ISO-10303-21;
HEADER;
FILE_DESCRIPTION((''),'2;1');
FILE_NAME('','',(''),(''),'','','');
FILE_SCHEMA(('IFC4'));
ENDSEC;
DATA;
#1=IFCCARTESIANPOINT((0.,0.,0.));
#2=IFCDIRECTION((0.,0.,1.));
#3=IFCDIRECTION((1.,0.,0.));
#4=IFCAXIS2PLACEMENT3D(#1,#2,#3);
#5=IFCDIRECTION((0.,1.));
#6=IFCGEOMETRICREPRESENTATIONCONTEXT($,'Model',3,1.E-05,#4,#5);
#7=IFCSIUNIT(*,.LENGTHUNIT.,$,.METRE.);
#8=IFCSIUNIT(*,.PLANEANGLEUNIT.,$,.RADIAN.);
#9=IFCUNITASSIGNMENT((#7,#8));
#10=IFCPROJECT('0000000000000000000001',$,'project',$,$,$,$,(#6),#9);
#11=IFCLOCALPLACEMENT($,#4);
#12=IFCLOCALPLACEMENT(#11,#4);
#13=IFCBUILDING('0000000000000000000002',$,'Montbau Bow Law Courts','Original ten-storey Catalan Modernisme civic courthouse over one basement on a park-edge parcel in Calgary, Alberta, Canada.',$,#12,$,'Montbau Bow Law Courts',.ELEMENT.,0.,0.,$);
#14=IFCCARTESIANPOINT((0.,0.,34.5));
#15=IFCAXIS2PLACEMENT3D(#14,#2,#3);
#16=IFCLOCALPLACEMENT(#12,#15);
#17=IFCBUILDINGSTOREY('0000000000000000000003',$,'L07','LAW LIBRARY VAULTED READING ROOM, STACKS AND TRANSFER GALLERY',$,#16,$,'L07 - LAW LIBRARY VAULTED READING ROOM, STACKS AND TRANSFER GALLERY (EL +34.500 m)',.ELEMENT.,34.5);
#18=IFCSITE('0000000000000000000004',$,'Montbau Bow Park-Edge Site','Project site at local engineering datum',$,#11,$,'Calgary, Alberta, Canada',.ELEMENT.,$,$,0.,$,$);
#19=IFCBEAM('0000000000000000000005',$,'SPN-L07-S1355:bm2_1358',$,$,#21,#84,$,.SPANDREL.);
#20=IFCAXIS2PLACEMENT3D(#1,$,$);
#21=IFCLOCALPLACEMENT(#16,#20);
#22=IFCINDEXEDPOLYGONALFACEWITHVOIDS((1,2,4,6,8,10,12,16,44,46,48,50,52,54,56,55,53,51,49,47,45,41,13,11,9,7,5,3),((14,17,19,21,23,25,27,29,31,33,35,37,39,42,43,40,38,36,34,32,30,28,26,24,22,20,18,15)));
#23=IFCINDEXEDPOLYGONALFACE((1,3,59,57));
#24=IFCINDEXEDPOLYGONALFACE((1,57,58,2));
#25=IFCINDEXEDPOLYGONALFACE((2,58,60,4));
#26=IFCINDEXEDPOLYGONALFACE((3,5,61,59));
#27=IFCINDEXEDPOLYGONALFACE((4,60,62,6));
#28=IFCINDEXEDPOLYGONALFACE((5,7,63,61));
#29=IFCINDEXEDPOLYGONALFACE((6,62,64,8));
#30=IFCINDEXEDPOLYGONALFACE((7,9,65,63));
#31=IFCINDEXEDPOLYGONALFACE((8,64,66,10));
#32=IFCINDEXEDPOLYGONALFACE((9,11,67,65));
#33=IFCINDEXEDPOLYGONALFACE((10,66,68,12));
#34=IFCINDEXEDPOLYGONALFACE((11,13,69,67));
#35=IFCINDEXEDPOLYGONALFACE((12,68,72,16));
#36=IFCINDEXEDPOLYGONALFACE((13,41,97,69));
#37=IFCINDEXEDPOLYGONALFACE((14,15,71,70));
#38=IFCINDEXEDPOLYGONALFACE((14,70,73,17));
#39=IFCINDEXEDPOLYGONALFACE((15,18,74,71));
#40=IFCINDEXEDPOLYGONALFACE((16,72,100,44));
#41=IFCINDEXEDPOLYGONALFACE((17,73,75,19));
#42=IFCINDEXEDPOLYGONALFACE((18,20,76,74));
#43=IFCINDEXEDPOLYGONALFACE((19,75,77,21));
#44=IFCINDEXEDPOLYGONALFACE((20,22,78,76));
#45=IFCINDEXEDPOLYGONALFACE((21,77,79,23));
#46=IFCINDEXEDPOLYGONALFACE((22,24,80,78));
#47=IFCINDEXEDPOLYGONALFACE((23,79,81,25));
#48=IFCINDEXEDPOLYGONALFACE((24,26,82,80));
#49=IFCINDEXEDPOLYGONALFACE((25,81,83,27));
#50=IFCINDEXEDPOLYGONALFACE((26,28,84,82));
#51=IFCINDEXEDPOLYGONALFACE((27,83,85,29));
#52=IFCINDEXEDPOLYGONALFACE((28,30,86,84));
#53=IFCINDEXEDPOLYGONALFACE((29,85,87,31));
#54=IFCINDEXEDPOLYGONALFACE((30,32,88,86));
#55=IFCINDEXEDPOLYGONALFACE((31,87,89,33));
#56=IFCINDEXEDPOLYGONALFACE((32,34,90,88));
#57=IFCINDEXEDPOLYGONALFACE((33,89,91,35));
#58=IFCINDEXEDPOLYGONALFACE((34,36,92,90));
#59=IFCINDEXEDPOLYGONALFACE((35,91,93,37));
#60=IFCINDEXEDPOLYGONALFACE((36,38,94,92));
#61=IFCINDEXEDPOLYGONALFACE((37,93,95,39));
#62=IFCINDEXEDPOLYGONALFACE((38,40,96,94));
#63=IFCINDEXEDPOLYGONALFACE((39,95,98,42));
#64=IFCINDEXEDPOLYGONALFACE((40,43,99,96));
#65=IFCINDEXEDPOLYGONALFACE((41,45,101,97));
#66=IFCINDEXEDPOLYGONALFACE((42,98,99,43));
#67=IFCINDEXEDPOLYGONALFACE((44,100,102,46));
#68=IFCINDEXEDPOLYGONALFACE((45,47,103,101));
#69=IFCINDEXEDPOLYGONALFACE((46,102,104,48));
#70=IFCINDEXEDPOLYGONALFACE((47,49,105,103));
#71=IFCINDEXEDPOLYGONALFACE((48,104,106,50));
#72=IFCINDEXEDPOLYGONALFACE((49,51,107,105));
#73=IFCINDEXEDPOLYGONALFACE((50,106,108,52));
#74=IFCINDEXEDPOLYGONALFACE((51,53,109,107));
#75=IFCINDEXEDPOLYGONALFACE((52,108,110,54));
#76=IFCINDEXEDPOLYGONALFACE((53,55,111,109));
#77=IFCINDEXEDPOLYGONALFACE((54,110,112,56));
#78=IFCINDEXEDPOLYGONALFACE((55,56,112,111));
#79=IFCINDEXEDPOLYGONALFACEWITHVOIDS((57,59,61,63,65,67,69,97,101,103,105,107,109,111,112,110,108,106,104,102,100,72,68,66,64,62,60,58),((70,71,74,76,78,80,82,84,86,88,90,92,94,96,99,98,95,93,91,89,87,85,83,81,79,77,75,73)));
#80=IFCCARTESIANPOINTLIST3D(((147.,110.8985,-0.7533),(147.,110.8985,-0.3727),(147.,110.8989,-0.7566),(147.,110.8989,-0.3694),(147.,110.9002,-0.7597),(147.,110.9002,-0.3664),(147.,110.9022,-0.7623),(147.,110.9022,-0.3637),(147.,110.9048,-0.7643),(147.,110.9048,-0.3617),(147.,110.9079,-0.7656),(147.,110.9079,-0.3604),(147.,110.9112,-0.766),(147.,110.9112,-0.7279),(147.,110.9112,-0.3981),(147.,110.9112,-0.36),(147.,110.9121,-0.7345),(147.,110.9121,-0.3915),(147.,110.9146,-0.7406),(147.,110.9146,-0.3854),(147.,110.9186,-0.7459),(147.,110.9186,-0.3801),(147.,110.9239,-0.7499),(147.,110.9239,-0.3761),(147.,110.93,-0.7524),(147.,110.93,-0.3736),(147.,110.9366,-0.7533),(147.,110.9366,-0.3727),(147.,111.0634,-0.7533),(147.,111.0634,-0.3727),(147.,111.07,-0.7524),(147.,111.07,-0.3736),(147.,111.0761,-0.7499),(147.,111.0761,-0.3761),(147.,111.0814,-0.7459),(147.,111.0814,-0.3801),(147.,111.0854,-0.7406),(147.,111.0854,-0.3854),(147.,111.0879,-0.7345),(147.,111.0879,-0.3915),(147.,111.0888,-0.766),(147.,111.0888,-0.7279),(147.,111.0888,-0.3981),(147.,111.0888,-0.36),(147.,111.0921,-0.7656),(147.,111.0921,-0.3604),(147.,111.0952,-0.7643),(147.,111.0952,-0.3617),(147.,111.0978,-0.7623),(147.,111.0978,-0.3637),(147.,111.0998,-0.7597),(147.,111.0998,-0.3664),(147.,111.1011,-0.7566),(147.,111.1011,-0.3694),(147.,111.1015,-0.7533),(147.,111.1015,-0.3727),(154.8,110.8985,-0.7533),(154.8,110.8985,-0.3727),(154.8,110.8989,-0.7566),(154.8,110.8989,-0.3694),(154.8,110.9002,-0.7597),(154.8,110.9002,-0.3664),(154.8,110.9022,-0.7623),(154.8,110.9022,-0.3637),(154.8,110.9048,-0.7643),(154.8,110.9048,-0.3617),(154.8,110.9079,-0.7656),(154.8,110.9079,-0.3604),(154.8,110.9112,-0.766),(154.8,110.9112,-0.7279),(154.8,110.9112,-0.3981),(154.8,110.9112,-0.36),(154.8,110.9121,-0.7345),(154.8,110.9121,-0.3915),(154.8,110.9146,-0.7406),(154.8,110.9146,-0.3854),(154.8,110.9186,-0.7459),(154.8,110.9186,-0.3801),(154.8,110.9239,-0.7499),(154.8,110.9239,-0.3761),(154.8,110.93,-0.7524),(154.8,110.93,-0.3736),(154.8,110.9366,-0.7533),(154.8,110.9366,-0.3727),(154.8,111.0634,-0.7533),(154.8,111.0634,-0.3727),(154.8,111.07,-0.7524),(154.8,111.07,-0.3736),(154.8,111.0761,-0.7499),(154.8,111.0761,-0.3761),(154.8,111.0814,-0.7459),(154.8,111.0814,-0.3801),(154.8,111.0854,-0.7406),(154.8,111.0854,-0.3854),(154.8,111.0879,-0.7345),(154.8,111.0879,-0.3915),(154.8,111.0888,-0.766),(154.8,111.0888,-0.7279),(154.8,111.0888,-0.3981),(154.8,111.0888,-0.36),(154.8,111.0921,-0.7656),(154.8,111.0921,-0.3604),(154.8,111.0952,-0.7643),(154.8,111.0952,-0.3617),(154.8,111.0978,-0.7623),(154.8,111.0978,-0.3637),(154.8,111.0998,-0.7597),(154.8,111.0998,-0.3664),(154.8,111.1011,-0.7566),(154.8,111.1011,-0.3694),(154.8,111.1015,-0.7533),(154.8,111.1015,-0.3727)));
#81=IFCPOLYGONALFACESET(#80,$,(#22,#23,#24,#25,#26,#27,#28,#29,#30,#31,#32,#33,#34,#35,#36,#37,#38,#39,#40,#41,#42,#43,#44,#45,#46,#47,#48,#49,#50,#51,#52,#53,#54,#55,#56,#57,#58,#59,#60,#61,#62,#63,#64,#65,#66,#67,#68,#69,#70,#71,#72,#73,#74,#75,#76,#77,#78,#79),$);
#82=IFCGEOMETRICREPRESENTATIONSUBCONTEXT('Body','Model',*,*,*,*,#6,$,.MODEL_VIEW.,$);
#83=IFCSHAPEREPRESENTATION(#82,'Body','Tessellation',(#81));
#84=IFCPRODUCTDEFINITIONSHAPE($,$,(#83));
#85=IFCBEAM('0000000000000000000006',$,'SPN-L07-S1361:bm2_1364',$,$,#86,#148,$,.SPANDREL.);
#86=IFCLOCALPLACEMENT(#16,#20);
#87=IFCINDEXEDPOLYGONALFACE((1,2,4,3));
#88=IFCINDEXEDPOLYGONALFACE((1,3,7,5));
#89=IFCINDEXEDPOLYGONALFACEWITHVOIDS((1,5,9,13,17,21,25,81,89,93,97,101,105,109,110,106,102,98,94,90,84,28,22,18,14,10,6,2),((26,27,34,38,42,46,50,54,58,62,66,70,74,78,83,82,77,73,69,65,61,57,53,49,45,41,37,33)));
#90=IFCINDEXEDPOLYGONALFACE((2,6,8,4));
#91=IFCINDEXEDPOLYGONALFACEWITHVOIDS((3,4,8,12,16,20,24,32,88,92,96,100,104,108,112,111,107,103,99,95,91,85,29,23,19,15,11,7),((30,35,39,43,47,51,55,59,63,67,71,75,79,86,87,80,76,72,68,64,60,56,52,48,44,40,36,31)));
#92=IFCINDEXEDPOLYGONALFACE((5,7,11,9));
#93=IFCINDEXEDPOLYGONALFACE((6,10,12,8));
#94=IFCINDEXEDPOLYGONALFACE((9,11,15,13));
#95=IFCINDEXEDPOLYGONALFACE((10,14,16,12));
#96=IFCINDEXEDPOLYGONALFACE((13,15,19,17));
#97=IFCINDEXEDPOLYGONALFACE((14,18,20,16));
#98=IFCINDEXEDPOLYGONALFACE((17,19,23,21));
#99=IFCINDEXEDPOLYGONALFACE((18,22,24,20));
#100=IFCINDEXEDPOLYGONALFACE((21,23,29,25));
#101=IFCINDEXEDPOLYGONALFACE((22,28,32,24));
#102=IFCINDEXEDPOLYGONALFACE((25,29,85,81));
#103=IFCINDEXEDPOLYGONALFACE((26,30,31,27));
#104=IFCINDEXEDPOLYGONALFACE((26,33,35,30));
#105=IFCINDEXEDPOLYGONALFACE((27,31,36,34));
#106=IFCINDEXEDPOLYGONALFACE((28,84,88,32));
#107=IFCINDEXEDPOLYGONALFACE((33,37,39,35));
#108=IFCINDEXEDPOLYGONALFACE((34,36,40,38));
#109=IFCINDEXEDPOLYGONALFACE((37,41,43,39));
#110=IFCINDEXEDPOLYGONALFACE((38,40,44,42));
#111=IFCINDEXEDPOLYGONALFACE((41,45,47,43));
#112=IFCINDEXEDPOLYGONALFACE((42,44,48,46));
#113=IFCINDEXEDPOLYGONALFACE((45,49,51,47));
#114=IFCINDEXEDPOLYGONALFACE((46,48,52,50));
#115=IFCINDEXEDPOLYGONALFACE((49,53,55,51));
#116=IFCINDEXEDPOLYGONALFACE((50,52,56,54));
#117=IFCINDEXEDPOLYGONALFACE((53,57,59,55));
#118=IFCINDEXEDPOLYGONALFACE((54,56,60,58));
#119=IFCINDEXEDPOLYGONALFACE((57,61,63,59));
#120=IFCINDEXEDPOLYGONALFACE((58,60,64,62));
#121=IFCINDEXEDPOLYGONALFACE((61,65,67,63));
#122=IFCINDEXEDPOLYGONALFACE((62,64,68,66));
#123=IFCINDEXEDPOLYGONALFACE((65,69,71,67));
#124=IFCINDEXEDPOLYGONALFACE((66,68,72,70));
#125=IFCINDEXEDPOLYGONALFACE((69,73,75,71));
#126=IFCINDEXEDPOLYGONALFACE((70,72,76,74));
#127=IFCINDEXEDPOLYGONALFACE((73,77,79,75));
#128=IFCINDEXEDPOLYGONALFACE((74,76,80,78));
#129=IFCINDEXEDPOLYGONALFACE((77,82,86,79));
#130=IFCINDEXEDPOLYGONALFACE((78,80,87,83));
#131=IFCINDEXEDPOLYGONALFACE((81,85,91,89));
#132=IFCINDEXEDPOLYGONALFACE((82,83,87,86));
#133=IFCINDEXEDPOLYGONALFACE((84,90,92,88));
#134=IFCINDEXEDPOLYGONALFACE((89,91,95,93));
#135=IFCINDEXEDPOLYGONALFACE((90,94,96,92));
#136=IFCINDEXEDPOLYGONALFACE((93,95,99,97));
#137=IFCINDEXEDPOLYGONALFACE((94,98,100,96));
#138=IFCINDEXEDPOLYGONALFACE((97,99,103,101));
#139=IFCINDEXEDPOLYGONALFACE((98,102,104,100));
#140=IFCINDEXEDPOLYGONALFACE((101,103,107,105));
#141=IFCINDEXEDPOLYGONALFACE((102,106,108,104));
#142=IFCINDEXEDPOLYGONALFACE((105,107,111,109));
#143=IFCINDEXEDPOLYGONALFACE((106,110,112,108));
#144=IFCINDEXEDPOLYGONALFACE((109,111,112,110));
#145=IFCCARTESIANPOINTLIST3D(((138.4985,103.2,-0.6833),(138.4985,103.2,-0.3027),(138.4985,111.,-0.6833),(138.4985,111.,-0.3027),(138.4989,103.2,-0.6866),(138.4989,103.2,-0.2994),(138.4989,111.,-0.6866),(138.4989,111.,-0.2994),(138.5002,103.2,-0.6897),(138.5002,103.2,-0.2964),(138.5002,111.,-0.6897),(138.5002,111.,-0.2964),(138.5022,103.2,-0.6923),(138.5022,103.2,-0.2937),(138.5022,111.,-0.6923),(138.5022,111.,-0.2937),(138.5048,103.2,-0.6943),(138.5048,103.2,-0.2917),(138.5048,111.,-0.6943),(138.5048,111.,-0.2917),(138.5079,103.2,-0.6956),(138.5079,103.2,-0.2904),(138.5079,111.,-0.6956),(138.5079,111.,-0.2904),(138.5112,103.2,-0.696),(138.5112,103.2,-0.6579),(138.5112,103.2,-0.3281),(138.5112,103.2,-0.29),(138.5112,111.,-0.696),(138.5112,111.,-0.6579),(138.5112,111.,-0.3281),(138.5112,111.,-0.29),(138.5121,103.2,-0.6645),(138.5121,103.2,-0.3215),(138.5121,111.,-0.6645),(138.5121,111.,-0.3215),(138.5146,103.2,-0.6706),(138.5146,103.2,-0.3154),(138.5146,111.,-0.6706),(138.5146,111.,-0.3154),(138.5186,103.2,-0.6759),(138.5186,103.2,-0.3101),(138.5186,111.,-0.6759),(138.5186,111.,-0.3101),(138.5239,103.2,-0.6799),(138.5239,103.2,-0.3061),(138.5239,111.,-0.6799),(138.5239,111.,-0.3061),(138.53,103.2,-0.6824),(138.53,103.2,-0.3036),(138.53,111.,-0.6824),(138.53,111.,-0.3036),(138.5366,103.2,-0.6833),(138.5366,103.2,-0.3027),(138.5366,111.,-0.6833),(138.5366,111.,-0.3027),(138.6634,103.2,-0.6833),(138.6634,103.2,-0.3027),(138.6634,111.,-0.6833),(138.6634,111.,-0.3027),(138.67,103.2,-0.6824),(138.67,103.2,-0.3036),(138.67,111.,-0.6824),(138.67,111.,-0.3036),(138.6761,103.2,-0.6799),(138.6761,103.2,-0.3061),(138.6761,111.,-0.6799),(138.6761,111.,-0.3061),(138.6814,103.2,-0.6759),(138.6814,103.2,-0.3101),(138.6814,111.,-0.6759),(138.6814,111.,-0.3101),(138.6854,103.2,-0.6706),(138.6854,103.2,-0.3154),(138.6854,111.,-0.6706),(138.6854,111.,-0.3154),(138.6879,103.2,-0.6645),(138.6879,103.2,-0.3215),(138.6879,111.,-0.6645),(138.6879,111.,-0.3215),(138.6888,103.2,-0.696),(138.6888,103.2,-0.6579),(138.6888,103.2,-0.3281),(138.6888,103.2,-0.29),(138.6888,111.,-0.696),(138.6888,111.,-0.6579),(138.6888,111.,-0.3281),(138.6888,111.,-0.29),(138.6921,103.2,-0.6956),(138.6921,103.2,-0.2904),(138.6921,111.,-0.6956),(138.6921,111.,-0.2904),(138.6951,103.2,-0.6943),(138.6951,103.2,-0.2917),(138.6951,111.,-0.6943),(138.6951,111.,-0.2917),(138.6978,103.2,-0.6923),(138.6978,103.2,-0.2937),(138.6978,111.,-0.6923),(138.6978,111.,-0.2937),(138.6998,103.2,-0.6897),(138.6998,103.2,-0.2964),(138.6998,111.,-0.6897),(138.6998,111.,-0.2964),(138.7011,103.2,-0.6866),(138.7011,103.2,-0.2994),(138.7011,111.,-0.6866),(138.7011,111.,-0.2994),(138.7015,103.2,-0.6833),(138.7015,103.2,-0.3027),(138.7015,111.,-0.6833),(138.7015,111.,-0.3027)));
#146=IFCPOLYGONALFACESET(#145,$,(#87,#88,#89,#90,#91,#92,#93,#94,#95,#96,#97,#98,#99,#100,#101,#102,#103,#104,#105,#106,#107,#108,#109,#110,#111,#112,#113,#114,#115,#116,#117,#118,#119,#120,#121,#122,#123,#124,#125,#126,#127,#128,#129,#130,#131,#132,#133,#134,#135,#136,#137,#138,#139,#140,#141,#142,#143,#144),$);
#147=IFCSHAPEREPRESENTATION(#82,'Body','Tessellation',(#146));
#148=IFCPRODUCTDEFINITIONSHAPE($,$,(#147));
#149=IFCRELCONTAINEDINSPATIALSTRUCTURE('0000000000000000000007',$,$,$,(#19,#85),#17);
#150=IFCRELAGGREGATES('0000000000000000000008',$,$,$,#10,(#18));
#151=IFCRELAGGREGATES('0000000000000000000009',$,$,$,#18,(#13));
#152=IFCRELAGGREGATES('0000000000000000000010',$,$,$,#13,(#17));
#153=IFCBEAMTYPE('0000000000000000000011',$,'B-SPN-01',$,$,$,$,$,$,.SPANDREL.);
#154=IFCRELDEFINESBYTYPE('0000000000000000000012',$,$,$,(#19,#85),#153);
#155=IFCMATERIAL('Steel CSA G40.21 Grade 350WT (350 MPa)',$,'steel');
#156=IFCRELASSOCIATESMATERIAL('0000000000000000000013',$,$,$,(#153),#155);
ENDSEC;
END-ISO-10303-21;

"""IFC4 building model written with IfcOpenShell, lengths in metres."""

from ifc_helpers import new_model, si_unit, direction, frame, origin_with_axes, origin_2d_with_axis, place, context, subcontext, project, spatial, hollow_rectangle, extrude, material, material_profile, profile_set, type_object, element, save


model = new_model("IFC4")

# Units and contexts
model_context = context("Model", 3, precision=1e-05, world=origin_with_axes(), true_north=direction((0.0, 1.0)))
body_context = subcontext(model_context, "Body", "Model", "MODEL_VIEW")
ifc_project = project(units=[si_unit("LENGTHUNIT", "METRE"), si_unit("PLANEANGLEUNIT", "RADIAN")], contexts=[model_context])

# Site, building, storey
site_placement = place(None, origin_with_axes())
site = spatial("IfcSite", under=ifc_project, at=site_placement, Name="Montbau Bow Park-Edge Site", Description="Project site at local engineering datum", LongName="Calgary, Alberta, Canada", CompositionType="ELEMENT", RefElevation=0.0)
building_placement = place(site_placement, origin_with_axes())
building = spatial("IfcBuilding", under=site, at=building_placement, Name="Montbau Bow Law Courts", Description="Original ten-storey Catalan Modernisme civic courthouse over one basement on a park-edge parcel in Calgary, Alberta, Canada.", LongName="Montbau Bow Law Courts", CompositionType="ELEMENT", ElevationOfRefHeight=0.0, ElevationOfTerrain=0.0)
storey_placement = place(building_placement, frame((0.0, 0.0, 34.5), z_axis=(0.0, 0.0, 1.0), x_axis=(1.0, 0.0, 0.0)))
storey = spatial("IfcBuildingStorey", under=building, at=storey_placement, Name="L07", Description="LAW LIBRARY VAULTED READING ROOM, STACKS AND TRANSFER GALLERY", LongName="L07 - LAW LIBRARY VAULTED READING ROOM, STACKS AND TRANSFER GALLERY (EL +34.500 m)", CompositionType="ELEMENT", Elevation=34.5)

# Beams
ifc_material_1 = material(Name="Steel CSA G40.21 Grade 350WT (350 MPa)", Category="steel")
ifc_material_profile_1 = material_profile(ifc_material_1, hollow_rectangle(XDim=0.203, YDim=0.406, WallThickness=0.0127, InnerFilletRadius=0.0254, OuterFilletRadius=0.0127, at=origin_2d_with_axis()), Name="HSS406X203X13", Category="Main", Priority=0)
ifc_profile_set_1 = profile_set([ifc_material_profile_1], Name="Steel CSA G40.21 Grade 350WT (350 MPa)")
beam_type_1 = type_object("IfcBeamType", Name="B-SPN-01", PredefinedType="SPANDREL", material=ifc_profile_set_1)
for number, where, z_axis, x_axis, name in (
    (1, (147.0, 111.0, 33.937), (1.0, 0.0, 0.0), (0.0, 1.0, 0.0), "SPN-L07-S1355:bm2_1358"),
    (2, (138.6, 103.2, 34.007), (0.0, 1.0, 0.0), (-1.0, 0.0, 0.0), "SPN-L07-S1361:bm2_1364"),
):
    element("IfcBeam", number, at=place(None, frame(where, z_axis=z_axis, x_axis=x_axis)), inside=storey, type_object=beam_type_1, Name=name, PredefinedType="SPANDREL", context=body_context, shape_type="SweptSolid", body=[
        extrude(hollow_rectangle(XDim=0.203, YDim=0.406, WallThickness=0.0127, InnerFilletRadius=0.0254, OuterFilletRadius=0.0127, at=origin_2d_with_axis()), origin_with_axes(), (0.0, 0.0, 1.0), 7.8),
    ])

save(model, "model.ifc")
